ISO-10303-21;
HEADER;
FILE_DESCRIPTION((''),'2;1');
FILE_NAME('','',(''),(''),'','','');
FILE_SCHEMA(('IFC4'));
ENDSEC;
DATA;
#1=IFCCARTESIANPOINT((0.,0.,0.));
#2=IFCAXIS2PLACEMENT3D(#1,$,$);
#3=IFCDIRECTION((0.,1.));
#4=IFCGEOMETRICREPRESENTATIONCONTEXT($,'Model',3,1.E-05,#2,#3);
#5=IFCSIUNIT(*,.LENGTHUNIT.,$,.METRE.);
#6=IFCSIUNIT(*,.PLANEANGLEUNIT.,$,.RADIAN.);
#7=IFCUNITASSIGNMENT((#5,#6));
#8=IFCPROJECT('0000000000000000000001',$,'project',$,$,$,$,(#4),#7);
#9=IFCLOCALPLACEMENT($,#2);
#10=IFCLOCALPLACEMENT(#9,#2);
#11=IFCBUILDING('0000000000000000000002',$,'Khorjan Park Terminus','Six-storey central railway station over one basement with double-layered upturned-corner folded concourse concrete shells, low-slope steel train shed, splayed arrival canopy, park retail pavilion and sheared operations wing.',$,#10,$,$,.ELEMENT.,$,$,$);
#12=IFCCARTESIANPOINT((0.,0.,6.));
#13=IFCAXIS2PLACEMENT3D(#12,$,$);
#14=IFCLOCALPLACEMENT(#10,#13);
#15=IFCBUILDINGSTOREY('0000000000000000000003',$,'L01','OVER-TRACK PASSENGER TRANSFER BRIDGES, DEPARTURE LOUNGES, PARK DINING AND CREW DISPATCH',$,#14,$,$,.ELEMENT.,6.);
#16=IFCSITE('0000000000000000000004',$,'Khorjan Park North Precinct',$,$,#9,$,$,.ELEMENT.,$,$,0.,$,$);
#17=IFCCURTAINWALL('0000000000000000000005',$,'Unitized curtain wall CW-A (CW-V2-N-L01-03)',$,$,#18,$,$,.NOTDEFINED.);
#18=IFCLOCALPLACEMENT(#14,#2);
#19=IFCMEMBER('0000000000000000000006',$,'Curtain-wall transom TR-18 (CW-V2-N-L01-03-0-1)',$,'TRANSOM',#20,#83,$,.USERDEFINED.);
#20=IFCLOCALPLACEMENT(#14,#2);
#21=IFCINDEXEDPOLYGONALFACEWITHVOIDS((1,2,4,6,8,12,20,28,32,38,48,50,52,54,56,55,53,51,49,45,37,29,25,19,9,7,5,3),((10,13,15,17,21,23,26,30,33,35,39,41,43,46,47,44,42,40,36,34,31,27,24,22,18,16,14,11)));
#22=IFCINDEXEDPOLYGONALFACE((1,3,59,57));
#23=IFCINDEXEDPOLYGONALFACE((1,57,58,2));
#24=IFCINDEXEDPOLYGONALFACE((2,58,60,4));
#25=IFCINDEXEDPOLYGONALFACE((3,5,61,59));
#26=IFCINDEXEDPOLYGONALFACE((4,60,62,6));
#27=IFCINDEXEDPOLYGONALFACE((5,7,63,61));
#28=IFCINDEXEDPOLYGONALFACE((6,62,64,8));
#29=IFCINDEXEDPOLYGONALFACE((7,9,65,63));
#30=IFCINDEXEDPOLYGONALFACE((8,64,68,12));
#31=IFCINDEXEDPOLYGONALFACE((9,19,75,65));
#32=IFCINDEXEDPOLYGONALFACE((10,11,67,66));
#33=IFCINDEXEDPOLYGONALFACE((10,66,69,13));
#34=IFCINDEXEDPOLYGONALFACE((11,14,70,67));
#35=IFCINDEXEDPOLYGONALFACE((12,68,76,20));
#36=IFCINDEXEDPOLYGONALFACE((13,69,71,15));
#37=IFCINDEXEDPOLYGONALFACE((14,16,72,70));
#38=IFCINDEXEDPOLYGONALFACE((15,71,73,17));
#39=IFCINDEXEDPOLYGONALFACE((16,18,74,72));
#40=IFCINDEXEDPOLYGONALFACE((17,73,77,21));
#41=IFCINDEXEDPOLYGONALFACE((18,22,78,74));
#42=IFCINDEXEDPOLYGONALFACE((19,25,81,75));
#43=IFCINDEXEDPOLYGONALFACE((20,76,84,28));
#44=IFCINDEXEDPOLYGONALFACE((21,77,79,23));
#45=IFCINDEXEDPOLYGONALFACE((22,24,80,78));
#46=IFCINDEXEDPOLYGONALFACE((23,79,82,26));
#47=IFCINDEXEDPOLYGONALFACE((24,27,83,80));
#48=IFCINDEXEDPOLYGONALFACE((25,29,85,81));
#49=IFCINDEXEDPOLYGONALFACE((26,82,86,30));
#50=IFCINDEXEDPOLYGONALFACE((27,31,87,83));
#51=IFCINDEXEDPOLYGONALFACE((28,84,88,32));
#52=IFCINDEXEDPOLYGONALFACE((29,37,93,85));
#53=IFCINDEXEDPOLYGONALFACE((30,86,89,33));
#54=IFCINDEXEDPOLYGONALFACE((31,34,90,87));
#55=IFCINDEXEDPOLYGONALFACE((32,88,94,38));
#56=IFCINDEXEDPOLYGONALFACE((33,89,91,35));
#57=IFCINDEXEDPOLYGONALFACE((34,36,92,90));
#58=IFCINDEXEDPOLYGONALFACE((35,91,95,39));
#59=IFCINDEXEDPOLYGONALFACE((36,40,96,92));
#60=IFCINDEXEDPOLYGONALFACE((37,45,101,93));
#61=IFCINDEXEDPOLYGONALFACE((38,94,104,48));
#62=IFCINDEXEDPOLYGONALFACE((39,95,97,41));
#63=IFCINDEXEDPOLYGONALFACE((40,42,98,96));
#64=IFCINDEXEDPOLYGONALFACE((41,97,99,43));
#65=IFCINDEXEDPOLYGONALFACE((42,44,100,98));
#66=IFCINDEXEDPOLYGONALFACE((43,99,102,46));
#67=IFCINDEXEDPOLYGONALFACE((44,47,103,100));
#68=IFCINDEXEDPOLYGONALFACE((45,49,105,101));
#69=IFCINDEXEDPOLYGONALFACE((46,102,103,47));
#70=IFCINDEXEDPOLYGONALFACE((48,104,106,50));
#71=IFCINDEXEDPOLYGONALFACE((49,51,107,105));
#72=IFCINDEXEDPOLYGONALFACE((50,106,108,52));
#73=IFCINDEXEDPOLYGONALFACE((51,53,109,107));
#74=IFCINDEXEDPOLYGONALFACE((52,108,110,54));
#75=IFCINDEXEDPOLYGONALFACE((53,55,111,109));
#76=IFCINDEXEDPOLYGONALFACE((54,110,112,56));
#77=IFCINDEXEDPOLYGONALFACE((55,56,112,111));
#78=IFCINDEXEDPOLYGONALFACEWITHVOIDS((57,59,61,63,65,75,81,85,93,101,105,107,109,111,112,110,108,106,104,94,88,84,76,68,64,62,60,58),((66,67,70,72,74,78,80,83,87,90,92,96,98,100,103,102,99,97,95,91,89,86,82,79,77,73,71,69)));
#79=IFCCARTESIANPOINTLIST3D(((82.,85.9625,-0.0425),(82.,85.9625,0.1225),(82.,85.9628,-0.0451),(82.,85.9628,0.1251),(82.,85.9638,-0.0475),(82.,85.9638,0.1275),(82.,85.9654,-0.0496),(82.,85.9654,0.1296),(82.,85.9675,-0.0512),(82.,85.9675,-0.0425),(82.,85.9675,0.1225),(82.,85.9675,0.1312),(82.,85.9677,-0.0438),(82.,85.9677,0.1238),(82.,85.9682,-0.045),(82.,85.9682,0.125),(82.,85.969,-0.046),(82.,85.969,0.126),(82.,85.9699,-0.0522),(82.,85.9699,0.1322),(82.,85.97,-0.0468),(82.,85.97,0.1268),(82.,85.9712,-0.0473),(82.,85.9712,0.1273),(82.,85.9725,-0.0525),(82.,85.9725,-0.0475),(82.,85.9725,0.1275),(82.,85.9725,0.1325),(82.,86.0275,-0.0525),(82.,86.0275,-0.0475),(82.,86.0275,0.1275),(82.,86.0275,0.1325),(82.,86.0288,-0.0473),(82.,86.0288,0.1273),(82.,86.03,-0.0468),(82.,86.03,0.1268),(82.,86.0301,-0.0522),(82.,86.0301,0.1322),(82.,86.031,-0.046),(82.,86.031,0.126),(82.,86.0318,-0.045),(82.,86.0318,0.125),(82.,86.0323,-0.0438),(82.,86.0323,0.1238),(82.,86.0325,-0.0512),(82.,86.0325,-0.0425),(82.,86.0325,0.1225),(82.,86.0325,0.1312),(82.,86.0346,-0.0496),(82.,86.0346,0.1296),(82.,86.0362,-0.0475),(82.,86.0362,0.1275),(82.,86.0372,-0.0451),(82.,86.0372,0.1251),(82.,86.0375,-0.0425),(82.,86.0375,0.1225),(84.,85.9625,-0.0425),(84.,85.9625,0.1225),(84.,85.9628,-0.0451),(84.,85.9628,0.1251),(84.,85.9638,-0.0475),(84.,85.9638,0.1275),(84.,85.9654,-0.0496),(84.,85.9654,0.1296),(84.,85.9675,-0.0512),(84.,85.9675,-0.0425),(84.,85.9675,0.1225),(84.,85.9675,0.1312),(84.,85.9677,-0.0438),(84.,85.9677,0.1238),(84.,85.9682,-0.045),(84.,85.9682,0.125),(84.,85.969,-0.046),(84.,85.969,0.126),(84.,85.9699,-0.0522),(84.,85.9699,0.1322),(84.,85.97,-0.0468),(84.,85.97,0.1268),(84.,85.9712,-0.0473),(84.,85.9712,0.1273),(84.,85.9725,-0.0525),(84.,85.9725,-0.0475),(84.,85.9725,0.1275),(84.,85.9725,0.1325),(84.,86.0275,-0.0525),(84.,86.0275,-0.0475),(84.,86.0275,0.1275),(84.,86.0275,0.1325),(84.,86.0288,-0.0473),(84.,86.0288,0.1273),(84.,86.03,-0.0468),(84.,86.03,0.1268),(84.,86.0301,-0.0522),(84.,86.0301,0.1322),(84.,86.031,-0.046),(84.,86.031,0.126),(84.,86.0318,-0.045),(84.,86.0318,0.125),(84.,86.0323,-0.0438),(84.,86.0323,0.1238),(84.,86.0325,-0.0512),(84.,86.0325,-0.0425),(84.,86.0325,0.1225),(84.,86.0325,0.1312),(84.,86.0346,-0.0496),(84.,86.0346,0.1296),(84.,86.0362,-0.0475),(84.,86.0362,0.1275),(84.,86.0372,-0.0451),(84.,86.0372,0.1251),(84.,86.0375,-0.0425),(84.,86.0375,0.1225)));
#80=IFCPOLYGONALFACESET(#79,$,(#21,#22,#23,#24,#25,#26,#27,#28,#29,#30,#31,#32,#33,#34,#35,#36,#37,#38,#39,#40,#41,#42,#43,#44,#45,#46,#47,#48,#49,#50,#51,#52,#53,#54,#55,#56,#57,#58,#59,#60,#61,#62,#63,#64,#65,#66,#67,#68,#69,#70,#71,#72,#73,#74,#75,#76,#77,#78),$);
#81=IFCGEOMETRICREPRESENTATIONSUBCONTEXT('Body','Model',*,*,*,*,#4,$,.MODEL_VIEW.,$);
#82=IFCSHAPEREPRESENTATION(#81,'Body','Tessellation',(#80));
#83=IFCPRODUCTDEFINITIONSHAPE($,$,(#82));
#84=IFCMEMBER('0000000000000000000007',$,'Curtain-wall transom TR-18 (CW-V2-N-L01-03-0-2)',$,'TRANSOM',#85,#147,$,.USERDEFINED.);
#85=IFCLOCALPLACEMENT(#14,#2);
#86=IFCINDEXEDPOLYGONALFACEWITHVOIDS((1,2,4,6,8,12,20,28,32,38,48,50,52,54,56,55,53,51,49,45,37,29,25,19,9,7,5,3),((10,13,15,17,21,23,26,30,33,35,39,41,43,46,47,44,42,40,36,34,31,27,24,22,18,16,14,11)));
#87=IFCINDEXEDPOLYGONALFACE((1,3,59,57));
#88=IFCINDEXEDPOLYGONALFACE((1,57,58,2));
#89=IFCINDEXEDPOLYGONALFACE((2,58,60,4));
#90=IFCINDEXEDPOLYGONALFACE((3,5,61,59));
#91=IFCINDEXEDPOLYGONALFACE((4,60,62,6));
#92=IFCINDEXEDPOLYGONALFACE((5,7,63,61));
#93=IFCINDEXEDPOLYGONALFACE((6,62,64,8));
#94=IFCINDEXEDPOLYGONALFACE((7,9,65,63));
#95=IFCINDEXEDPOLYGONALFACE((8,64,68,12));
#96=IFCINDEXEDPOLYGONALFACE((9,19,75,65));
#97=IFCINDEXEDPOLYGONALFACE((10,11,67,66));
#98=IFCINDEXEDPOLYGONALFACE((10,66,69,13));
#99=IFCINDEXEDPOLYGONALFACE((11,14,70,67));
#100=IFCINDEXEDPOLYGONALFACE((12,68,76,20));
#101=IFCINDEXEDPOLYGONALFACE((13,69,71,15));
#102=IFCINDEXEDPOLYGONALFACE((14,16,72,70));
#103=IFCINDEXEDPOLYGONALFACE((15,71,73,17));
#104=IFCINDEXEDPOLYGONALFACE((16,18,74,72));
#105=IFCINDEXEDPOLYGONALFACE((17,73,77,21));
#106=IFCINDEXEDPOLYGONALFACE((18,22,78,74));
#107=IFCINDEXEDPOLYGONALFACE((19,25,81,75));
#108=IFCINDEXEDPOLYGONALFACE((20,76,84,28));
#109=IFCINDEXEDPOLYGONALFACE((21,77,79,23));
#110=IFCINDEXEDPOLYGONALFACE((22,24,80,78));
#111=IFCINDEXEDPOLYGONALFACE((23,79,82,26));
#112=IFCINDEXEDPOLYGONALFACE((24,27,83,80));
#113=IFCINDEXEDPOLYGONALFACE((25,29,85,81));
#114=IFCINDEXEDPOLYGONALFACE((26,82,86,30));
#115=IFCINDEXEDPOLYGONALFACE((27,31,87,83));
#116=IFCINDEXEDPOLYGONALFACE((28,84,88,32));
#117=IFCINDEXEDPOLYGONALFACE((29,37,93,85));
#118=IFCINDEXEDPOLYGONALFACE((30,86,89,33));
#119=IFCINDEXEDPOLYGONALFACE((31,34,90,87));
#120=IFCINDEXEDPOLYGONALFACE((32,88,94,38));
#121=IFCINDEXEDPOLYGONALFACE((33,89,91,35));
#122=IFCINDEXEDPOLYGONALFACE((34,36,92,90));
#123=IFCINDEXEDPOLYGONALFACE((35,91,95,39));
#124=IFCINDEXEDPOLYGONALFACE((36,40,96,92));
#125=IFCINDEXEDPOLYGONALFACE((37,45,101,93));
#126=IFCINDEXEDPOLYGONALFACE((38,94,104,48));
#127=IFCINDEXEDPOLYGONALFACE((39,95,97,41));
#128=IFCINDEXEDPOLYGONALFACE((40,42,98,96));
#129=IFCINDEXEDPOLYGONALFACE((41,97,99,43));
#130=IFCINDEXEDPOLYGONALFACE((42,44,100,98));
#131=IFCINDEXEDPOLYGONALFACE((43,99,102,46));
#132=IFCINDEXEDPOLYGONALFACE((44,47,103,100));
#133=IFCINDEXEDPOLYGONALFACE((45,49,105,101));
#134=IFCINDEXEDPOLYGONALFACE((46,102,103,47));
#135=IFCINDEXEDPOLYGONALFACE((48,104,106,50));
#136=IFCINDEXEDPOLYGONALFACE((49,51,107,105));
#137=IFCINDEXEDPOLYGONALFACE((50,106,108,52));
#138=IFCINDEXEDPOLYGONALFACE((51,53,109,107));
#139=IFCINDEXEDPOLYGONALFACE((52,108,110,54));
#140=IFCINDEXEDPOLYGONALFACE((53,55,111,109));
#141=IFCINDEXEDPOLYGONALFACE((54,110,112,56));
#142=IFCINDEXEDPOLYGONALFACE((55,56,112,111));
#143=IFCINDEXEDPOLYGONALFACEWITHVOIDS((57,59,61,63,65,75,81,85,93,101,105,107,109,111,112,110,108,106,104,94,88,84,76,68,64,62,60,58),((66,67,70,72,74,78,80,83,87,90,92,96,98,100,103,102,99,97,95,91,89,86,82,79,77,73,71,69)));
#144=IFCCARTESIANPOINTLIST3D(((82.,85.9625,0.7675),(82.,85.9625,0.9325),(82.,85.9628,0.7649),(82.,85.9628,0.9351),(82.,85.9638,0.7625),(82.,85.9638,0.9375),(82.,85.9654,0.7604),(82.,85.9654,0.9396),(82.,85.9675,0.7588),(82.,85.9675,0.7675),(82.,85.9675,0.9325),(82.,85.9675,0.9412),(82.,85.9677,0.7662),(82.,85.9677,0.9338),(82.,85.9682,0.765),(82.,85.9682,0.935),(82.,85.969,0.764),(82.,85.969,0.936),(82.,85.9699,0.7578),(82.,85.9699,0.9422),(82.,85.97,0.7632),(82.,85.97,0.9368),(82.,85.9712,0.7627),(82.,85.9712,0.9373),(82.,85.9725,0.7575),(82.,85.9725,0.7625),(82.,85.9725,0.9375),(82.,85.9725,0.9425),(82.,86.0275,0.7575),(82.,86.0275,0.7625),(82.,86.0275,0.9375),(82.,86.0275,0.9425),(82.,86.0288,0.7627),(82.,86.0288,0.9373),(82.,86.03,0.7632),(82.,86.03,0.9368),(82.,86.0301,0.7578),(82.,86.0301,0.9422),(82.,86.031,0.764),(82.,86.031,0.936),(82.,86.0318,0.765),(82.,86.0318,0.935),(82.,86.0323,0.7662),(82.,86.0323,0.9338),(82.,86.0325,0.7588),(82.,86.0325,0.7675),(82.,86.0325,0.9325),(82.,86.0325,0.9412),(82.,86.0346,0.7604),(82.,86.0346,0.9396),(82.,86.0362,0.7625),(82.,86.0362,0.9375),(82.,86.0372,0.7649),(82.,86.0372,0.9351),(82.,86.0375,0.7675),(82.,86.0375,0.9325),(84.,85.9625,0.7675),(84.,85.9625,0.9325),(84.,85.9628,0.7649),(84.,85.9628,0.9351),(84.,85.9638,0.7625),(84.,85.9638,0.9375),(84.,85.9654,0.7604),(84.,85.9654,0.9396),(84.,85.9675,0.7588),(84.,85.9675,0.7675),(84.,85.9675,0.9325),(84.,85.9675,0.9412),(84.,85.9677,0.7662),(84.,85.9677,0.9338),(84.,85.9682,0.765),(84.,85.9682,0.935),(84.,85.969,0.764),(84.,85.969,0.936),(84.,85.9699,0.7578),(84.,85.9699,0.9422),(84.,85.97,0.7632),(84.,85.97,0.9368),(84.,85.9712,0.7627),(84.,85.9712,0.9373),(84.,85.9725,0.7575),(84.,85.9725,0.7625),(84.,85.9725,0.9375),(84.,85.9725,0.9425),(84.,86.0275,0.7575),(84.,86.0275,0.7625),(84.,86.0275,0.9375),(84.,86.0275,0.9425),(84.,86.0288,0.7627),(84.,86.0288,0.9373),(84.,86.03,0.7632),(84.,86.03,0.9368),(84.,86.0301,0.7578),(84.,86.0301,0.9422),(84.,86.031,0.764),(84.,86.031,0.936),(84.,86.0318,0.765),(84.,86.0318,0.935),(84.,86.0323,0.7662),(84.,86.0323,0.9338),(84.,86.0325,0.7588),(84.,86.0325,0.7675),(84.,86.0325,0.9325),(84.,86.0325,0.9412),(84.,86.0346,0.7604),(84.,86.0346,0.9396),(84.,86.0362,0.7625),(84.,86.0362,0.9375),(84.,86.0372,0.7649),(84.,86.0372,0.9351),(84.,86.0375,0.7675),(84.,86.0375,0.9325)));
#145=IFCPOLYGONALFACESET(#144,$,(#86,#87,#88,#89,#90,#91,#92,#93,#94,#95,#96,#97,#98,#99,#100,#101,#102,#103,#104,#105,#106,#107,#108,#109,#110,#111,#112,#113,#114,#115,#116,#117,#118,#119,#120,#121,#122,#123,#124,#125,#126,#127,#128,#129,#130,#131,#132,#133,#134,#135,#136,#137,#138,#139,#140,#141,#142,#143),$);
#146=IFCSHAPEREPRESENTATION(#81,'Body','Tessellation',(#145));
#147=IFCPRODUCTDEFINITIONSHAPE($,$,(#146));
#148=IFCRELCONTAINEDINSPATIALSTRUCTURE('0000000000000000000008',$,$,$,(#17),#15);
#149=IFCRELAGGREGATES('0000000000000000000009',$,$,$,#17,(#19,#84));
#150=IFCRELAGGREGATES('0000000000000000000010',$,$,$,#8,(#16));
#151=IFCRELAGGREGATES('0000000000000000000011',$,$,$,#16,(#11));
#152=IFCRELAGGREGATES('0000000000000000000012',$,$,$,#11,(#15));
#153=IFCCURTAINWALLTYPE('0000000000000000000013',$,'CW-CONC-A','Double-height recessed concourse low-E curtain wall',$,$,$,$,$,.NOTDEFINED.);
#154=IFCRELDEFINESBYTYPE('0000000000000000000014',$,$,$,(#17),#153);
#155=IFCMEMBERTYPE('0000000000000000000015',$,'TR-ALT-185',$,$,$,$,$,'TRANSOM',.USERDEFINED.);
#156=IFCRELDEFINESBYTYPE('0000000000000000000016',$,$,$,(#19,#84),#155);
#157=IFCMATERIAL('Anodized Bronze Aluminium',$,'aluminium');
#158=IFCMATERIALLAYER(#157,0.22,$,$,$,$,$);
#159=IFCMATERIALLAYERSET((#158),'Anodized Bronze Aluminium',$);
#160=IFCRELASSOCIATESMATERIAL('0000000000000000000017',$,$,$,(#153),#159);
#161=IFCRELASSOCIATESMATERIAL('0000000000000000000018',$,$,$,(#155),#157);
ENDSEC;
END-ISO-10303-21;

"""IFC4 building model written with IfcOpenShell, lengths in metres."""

from ifc_helpers import new_model, si_unit, direction, frame, origin, origin_2d, place, context, subcontext, project, spatial, hollow_rectangle, extrude, material, layer, layer_set, material_profile, profile_set, type_object, element, aggregate, save


model = new_model("IFC4")

# Units and contexts
model_context = context("Model", 3, precision=1e-05, world=origin(), true_north=direction((0.0, 1.0)))
body_context = subcontext(model_context, "Body", "Model", "MODEL_VIEW")
ifc_project = project(units=[si_unit("LENGTHUNIT", "METRE"), si_unit("PLANEANGLEUNIT", "RADIAN")], contexts=[model_context])

# Site, building, storey
site_placement = place(None, origin())
site = spatial("IfcSite", under=ifc_project, at=site_placement, Name="Khorjan Park North Precinct", CompositionType="ELEMENT", RefElevation=0.0)
building_placement = place(site_placement, origin())
building = spatial("IfcBuilding", under=site, at=building_placement, Name="Khorjan Park Terminus", Description="Six-storey central railway station over one basement with double-layered upturned-corner folded concourse concrete shells, low-slope steel train shed, splayed arrival canopy, park retail pavilion and sheared operations wing.", CompositionType="ELEMENT")
storey_placement = place(building_placement, frame((0.0, 0.0, 6.0)))
storey = spatial("IfcBuildingStorey", under=building, at=storey_placement, Name="L01", Description="OVER-TRACK PASSENGER TRANSFER BRIDGES, DEPARTURE LOUNGES, PARK DINING AND CREW DISPATCH", CompositionType="ELEMENT", Elevation=6.0)

# Curtain wall
ifc_material_1 = material(Name="Anodized Bronze Aluminium", Category="aluminium")
ifc_layer_1 = layer(ifc_material_1, 0.22)
ifc_layer_set_1 = layer_set([ifc_layer_1], Name="Anodized Bronze Aluminium")
curtain_wall_type = type_object("IfcCurtainWallType", Name="CW-CONC-A", Description="Double-height recessed concourse low-E curtain wall", PredefinedType="NOTDEFINED", material=ifc_layer_set_1)
curtain_wall_1_placement = place(storey_placement, origin())
curtain_wall_1 = element("IfcCurtainWall", 1, at=curtain_wall_1_placement, inside=storey, type_object=curtain_wall_type, Name="Unitized curtain wall CW-A (CW-V2-N-L01-03)", PredefinedType="NOTDEFINED")

# Members
ifc_material_profile_1 = material_profile(ifc_material_1, hollow_rectangle(XDim=0.075, YDim=0.185, WallThickness=0.005, InnerFilletRadius=0.005, OuterFilletRadius=0.01, at=origin_2d()), Name="ALT 75x185x5")
ifc_profile_set_1 = profile_set([ifc_material_profile_1], Name="Anodized Bronze Aluminium")
member_type_1 = type_object("IfcMemberType", Name="TR-ALT-185", ElementType="TRANSOM", PredefinedType="USERDEFINED", material=ifc_profile_set_1)
member_1_placement = place(storey_placement, frame((84.0, 86.0, 0.04), z_axis=(-1.0, 0.0, 0.0), x_axis=(0.0, -1.0, 0.0)))
member_1 = element("IfcMember", 2, at=member_1_placement, type_object=member_type_1, Name="Curtain-wall transom TR-18 (CW-V2-N-L01-03-0-1)", ObjectType="TRANSOM", PredefinedType="USERDEFINED", context=body_context, shape_type="SweptSolid", body=[
    extrude(hollow_rectangle(XDim=0.075, YDim=0.185, WallThickness=0.005, InnerFilletRadius=0.005, OuterFilletRadius=0.01, at=origin_2d()), origin(), (0.0, 0.0, 1.0), 2.0),
])
member_2_placement = place(storey_placement, frame((84.0, 86.0, 0.85), z_axis=(-1.0, 0.0, 0.0), x_axis=(0.0, -1.0, 0.0)))
member_2 = element("IfcMember", 3, at=member_2_placement, type_object=member_type_1, Name="Curtain-wall transom TR-18 (CW-V2-N-L01-03-0-2)", ObjectType="TRANSOM", PredefinedType="USERDEFINED", context=body_context, shape_type="SweptSolid", body=[
    extrude(hollow_rectangle(XDim=0.075, YDim=0.185, WallThickness=0.005, InnerFilletRadius=0.005, OuterFilletRadius=0.01, at=origin_2d()), origin(), (0.0, 0.0, 1.0), 2.0),
])

aggregate(curtain_wall_1, [member_1, member_2])

save(model, "model.ifc")
